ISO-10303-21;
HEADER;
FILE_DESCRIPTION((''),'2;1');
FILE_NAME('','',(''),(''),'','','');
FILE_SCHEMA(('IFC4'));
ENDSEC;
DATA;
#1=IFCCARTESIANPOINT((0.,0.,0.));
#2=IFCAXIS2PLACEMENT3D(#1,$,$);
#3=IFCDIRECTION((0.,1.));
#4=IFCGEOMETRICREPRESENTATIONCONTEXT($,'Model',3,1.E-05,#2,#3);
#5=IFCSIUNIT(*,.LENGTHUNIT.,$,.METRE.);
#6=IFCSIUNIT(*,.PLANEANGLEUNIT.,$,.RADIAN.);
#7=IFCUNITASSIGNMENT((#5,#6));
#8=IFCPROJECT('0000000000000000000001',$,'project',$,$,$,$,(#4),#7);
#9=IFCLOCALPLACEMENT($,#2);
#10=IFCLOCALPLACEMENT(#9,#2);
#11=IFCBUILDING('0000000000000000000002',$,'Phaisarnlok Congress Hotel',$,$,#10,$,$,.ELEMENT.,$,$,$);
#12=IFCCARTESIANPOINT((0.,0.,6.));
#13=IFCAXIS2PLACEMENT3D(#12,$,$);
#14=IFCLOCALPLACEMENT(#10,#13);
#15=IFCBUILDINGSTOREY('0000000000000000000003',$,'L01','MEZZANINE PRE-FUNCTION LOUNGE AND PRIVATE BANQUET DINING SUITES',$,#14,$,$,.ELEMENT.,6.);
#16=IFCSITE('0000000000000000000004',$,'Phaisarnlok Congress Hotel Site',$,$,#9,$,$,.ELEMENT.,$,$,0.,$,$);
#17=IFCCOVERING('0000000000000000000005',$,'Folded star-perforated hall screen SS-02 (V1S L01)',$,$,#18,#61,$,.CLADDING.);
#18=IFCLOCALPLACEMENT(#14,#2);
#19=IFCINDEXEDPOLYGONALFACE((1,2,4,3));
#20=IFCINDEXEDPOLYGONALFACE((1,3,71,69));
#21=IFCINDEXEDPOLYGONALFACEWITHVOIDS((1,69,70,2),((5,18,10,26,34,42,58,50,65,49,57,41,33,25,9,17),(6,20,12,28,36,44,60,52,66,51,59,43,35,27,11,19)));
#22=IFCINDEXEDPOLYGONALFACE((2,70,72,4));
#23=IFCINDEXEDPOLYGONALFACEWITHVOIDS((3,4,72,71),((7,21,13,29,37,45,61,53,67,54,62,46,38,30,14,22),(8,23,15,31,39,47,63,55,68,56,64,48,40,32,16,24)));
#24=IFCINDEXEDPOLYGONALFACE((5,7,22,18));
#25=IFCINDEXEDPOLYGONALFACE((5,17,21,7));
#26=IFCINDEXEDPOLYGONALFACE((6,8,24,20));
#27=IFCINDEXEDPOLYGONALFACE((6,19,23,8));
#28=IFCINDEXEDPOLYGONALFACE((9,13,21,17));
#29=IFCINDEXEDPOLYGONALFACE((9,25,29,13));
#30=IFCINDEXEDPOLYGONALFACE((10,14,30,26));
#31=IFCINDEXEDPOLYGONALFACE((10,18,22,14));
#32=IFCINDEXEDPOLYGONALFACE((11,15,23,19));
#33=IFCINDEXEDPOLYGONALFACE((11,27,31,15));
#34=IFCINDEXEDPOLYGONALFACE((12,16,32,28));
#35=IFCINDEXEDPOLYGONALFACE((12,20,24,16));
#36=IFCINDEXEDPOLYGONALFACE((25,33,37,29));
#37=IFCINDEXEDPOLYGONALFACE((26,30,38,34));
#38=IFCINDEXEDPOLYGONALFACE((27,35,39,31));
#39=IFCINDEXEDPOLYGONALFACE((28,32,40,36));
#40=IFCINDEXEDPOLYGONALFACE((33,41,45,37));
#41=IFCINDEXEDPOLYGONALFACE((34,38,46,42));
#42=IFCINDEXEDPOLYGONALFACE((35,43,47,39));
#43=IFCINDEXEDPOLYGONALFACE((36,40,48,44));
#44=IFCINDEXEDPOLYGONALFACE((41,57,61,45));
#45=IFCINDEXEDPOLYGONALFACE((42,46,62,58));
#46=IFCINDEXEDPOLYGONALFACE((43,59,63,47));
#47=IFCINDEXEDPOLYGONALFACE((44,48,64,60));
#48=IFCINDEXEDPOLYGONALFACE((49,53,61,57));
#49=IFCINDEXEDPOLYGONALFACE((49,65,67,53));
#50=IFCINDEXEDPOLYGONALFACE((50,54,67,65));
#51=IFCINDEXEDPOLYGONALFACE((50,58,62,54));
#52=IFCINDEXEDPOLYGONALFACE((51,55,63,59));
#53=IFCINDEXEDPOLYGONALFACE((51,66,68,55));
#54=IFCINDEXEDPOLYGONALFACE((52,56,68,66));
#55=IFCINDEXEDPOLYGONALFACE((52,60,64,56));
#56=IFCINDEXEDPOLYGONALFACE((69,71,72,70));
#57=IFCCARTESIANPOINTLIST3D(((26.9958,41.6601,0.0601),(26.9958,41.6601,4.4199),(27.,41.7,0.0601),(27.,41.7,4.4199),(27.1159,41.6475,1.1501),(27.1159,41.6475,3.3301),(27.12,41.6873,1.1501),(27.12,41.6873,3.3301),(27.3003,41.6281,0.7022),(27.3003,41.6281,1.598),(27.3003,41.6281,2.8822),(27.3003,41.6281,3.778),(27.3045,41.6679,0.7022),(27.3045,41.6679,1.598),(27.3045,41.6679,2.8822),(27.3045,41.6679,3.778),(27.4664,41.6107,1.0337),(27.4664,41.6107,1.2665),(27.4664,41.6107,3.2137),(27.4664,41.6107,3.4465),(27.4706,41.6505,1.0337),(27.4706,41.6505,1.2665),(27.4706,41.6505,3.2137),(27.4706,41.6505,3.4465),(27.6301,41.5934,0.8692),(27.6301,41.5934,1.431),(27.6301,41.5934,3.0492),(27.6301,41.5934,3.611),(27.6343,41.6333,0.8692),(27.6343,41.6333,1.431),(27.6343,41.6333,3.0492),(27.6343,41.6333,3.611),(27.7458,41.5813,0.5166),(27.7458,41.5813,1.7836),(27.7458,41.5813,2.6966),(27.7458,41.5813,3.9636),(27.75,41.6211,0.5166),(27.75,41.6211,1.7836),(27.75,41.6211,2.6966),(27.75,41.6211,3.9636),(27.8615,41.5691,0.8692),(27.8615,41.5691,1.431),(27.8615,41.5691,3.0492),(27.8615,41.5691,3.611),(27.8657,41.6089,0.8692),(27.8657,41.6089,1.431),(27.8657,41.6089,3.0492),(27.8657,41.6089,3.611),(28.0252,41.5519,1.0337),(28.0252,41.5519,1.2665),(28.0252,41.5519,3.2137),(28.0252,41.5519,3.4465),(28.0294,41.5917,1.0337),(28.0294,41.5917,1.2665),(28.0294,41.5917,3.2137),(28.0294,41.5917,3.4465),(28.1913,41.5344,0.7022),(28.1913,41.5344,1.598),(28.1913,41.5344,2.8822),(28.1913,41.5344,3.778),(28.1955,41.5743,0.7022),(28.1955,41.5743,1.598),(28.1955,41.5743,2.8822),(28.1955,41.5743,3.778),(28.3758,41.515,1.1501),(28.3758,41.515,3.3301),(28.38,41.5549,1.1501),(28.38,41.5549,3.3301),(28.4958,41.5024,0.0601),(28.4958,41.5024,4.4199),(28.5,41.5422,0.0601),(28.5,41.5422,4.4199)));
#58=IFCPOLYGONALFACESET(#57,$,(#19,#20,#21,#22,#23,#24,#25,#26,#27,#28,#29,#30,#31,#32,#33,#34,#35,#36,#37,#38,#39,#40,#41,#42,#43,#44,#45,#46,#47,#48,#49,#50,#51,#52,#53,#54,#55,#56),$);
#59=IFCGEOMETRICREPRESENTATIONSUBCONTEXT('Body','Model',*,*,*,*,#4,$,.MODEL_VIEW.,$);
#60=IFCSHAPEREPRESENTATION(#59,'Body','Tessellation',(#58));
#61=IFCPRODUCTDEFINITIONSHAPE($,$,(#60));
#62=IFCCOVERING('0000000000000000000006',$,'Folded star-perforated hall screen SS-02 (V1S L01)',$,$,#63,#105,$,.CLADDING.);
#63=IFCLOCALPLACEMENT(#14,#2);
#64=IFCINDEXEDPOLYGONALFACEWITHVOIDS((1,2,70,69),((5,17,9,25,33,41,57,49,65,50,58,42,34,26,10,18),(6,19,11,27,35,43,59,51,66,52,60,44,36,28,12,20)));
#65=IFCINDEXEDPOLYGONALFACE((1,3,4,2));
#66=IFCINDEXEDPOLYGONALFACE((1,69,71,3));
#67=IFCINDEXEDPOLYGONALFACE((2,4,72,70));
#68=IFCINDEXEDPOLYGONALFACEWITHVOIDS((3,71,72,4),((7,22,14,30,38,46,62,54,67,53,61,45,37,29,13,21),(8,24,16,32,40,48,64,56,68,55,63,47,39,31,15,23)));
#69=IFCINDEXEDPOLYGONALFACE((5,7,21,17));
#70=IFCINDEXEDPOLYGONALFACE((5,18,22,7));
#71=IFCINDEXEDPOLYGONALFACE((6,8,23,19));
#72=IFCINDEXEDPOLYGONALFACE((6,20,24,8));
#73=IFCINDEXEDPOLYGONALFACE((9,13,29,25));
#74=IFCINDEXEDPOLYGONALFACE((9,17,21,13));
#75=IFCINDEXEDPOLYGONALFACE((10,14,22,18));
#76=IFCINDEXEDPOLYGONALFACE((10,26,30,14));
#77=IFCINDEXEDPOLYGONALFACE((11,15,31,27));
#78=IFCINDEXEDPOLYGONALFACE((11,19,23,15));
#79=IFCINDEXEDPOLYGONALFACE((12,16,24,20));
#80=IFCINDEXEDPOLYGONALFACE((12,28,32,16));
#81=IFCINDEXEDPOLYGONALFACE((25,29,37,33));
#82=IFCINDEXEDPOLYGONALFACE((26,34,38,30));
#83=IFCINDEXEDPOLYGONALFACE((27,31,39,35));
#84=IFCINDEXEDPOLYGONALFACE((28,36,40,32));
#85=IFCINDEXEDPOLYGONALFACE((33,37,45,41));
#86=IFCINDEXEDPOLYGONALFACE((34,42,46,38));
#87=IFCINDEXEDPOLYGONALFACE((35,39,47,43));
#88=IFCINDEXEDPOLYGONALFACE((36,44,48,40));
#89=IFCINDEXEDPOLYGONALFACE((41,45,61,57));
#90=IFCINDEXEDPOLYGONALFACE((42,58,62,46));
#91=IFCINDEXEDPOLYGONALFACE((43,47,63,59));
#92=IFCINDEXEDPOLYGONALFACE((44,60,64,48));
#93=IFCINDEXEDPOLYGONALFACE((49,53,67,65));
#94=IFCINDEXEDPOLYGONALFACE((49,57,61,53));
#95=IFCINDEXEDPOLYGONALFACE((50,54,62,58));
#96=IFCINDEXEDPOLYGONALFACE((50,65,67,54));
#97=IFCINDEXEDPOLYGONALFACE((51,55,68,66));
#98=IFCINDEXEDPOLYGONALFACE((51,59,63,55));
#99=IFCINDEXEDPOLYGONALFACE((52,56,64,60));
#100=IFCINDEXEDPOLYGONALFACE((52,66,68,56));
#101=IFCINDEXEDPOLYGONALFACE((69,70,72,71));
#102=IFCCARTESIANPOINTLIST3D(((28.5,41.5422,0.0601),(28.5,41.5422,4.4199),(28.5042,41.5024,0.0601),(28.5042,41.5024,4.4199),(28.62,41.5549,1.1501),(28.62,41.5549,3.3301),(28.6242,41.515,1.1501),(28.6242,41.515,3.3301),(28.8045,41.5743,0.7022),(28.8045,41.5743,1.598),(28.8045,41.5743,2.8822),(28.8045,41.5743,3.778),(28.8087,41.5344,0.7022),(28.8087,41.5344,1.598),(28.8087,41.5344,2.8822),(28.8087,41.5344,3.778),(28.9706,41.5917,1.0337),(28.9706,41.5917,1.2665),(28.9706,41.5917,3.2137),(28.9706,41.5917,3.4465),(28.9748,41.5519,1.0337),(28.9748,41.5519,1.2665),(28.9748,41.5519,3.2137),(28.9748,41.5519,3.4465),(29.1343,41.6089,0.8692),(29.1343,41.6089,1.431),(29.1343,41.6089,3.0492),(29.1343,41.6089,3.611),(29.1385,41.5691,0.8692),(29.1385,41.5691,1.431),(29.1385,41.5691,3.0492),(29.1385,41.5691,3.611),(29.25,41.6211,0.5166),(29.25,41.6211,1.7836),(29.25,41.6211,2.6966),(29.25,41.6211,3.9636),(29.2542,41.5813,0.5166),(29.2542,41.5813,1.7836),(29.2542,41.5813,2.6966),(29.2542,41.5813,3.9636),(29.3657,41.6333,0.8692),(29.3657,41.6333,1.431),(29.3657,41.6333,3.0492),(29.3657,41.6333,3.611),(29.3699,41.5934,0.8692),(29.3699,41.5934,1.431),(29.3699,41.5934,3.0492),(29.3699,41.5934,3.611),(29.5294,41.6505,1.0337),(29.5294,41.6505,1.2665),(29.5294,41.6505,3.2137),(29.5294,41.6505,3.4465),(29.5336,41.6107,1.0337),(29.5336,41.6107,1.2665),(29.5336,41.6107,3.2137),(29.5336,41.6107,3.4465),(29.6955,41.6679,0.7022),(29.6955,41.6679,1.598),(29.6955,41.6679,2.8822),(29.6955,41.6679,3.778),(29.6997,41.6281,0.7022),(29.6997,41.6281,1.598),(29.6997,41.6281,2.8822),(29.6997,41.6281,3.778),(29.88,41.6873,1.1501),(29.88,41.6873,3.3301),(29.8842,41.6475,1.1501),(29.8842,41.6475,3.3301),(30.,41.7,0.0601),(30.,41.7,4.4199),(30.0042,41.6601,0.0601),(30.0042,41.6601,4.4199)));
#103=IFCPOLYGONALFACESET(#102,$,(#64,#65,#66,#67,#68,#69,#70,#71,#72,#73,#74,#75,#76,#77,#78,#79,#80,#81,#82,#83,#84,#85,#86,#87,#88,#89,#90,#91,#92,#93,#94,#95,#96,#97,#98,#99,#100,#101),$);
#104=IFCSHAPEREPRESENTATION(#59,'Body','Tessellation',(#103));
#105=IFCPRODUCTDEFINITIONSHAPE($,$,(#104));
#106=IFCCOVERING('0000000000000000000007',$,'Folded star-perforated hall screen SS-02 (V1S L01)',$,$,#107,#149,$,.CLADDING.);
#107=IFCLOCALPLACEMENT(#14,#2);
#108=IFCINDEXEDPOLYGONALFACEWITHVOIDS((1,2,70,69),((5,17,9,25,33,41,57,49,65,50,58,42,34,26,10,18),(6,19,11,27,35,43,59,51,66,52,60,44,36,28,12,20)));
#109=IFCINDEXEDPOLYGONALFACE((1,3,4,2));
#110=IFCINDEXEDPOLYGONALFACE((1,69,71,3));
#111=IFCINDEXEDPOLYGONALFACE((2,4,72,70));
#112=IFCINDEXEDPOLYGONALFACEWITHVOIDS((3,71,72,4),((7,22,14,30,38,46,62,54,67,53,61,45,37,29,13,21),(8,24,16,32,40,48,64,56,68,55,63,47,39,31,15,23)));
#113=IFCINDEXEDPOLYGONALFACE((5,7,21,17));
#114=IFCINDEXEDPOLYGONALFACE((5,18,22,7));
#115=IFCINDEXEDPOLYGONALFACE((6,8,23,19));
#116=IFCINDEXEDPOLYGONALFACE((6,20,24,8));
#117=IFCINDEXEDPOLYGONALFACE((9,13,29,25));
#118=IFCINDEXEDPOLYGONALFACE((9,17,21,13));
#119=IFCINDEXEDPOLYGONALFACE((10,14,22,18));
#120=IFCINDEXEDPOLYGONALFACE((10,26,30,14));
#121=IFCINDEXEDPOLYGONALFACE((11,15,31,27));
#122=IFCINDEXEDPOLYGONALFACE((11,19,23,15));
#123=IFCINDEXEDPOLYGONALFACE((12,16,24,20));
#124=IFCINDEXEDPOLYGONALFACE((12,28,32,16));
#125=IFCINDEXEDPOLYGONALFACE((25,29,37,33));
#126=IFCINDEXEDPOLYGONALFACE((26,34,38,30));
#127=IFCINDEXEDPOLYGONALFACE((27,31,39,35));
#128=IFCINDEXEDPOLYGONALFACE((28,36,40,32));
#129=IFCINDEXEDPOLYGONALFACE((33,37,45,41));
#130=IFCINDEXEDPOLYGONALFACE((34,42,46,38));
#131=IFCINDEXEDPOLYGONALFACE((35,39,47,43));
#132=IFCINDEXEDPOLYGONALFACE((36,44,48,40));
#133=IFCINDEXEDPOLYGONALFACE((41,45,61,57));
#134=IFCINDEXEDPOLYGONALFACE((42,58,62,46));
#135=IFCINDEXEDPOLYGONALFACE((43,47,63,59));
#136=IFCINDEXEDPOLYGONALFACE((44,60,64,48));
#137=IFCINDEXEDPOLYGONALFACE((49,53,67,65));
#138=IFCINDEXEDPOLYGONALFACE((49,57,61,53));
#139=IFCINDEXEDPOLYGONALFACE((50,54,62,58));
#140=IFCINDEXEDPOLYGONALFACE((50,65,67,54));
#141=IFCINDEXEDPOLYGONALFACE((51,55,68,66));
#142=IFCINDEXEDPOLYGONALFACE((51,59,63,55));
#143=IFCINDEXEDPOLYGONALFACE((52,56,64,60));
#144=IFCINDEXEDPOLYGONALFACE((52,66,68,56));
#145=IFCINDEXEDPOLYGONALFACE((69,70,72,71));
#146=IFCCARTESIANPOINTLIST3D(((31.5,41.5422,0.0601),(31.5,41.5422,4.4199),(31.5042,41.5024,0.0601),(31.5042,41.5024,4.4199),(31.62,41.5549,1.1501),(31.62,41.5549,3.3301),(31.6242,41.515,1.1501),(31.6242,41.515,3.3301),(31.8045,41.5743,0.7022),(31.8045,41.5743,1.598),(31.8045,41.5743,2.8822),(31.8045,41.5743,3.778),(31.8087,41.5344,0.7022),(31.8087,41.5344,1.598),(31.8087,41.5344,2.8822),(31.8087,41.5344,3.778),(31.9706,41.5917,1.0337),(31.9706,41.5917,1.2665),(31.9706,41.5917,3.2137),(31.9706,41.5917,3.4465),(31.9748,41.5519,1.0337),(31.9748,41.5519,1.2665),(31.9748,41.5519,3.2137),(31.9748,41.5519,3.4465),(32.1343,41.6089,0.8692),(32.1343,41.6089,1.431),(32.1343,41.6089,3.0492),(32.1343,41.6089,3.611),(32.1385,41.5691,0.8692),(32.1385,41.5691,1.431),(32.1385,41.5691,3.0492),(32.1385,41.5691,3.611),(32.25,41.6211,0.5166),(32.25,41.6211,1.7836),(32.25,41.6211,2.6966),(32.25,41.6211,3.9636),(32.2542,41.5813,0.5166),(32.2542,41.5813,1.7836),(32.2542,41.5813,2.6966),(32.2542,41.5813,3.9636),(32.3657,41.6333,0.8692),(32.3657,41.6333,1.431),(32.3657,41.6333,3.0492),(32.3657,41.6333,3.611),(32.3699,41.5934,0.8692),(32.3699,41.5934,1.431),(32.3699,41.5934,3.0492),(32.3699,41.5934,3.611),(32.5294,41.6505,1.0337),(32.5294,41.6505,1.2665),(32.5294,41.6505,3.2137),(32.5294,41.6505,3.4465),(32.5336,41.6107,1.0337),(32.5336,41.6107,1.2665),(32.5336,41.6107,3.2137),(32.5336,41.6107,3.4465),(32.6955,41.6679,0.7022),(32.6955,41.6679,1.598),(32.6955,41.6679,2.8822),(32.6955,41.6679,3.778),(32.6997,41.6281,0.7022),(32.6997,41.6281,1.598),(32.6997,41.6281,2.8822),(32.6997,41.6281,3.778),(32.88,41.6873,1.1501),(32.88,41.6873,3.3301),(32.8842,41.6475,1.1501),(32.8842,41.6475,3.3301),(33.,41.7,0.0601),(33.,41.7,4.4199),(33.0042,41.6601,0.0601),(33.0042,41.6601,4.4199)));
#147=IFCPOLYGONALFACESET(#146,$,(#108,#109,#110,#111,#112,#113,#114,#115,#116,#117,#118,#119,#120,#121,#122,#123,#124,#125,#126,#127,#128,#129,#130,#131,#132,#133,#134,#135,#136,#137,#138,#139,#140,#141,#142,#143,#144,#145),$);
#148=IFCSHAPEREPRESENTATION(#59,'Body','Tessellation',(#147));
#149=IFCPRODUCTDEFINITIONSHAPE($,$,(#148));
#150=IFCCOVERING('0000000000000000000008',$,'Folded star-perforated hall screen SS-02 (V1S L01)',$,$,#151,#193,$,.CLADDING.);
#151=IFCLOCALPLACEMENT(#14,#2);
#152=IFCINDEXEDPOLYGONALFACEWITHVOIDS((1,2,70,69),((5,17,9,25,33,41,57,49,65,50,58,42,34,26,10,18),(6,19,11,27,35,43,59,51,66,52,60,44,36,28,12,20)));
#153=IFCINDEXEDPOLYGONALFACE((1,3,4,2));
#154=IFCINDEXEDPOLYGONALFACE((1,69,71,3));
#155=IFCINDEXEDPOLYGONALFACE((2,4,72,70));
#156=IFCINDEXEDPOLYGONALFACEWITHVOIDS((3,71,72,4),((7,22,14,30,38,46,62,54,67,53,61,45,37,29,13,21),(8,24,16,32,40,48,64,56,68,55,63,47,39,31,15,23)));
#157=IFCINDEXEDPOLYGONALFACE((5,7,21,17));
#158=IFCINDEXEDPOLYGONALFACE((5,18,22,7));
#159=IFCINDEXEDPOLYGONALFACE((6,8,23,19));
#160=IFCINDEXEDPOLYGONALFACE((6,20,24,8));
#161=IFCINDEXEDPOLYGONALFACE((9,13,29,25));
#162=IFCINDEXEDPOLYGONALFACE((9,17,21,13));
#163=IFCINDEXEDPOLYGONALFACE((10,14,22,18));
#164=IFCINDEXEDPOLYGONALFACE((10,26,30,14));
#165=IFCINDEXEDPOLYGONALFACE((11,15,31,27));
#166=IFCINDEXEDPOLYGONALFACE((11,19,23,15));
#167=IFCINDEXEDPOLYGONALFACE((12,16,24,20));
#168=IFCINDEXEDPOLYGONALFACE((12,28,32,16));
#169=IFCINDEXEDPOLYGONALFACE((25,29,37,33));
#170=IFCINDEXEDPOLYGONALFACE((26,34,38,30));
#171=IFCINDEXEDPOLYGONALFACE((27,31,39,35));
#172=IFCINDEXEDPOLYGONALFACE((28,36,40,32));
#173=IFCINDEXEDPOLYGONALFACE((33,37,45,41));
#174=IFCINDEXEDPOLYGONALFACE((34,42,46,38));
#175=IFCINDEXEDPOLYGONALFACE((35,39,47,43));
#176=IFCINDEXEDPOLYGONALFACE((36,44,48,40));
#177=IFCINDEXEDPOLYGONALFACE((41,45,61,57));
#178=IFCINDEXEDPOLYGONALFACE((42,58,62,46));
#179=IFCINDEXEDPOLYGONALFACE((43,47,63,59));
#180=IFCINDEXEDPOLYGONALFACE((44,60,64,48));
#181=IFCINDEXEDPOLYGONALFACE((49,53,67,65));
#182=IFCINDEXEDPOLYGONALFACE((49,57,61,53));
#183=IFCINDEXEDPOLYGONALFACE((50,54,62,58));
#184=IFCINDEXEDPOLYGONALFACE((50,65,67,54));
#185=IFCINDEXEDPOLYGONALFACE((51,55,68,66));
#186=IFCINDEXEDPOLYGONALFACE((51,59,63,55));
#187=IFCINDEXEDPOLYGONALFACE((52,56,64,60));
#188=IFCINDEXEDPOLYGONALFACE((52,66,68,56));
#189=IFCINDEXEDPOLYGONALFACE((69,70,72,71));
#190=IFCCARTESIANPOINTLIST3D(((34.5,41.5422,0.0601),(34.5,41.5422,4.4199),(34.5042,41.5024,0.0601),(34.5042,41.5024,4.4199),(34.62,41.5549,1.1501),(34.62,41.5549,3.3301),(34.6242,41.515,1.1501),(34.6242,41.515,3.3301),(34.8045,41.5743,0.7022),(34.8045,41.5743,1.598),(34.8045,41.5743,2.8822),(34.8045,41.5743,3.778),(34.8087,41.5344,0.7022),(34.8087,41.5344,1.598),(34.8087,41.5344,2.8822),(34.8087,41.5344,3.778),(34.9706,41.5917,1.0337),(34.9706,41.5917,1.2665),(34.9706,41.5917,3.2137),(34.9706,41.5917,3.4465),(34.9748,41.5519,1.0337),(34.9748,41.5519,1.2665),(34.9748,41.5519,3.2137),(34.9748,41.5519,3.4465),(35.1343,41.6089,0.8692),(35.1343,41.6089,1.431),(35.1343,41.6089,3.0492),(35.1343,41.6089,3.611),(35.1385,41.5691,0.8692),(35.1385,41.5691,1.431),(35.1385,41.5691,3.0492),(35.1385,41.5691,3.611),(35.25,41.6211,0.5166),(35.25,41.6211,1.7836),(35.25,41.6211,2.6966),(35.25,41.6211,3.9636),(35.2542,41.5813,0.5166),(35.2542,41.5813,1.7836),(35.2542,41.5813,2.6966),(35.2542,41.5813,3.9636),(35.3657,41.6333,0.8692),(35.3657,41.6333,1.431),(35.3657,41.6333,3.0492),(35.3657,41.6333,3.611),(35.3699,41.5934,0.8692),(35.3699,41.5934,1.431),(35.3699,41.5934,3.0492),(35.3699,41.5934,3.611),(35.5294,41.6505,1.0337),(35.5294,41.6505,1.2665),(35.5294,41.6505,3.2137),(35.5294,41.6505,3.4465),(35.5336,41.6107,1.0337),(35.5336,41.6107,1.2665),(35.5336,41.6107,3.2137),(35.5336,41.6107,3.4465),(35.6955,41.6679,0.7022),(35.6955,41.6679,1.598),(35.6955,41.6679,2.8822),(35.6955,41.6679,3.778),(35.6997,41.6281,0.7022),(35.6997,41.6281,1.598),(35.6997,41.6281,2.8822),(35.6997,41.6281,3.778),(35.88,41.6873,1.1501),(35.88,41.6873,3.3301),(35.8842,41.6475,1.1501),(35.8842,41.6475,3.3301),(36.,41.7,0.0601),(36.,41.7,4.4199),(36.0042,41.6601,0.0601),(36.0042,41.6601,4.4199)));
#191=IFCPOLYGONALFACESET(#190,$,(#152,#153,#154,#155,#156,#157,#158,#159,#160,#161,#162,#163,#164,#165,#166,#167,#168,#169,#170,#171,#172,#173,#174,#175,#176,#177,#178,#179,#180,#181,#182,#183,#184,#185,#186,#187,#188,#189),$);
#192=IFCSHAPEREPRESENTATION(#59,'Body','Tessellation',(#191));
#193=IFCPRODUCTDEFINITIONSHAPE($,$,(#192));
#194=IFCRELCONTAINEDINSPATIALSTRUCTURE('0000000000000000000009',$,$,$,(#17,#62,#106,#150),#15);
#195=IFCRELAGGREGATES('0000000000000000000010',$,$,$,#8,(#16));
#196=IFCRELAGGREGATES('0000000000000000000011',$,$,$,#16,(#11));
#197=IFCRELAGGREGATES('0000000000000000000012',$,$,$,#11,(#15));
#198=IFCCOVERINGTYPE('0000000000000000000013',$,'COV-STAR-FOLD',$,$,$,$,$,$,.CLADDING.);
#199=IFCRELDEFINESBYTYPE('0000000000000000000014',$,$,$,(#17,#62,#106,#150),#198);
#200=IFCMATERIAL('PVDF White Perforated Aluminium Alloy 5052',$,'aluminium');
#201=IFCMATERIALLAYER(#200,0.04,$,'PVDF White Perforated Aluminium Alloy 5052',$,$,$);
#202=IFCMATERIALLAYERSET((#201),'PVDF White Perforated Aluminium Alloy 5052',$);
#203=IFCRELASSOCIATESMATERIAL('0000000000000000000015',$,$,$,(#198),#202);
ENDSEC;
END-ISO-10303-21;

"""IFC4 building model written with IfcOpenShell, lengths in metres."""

from ifc_helpers import new_model, si_unit, direction, frame, origin, place, context, subcontext, project, spatial, polyline, outline, extrude, material, layer, layer_set, type_object, element, save


model = new_model("IFC4")

# Units and contexts
model_context = context("Model", 3, precision=1e-05, world=origin(), true_north=direction((0.0, 1.0)))
body_context = subcontext(model_context, "Body", "Model", "MODEL_VIEW")
ifc_project = project(units=[si_unit("LENGTHUNIT", "METRE"), si_unit("PLANEANGLEUNIT", "RADIAN")], contexts=[model_context])

# Site, building, storey
site_placement = place(None, origin())
site = spatial("IfcSite", under=ifc_project, at=site_placement, Name="Phaisarnlok Congress Hotel Site", CompositionType="ELEMENT", RefElevation=0.0)
building_placement = place(site_placement, origin())
building = spatial("IfcBuilding", under=site, at=building_placement, Name="Phaisarnlok Congress Hotel", CompositionType="ELEMENT")
storey_placement = place(building_placement, frame((0.0, 0.0, 6.0)))
storey = spatial("IfcBuildingStorey", under=building, at=storey_placement, Name="L01", Description="MEZZANINE PRE-FUNCTION LOUNGE AND PRIVATE BANQUET DINING SUITES", CompositionType="ELEMENT", Elevation=6.0)

# Coverings
ifc_material_1 = material(Name="PVDF White Perforated Aluminium Alloy 5052", Category="aluminium")
ifc_layer_1 = layer(ifc_material_1, 0.04, Name="PVDF White Perforated Aluminium Alloy 5052")
ifc_layer_set_1 = layer_set([ifc_layer_1], Name="PVDF White Perforated Aluminium Alloy 5052")
covering_type = type_object("IfcCoveringType", Name="COV-STAR-FOLD", PredefinedType="CLADDING", material=ifc_layer_set_1)
for number, where, z_axis, x_axis, name in (
    (1, (27.0, 41.7, 0.0601), (-0.104567, -0.994518, 0.0), (0.994518, -0.104567, 0.0), "Folded star-perforated hall screen SS-02 (V1S L01)"),
    (2, (28.5, 41.5422, 0.0601), (0.104567, -0.994518, 0.0), (0.994518, 0.104567, 0.0), "Folded star-perforated hall screen SS-02 (V1S L01)"),
    (3, (31.5, 41.5422, 0.0601), (0.104567, -0.994518, 0.0), (0.994518, 0.104567, 0.0), "Folded star-perforated hall screen SS-02 (V1S L01)"),
    (4, (34.5, 41.5422, 0.0601), (0.104567, -0.994518, 0.0), (0.994518, 0.104567, 0.0), "Folded star-perforated hall screen SS-02 (V1S L01)"),
):
    element("IfcCovering", number, at=place(storey_placement, frame(where, z_axis=z_axis, x_axis=x_axis)), inside=storey, type_object=covering_type, Name=name, PredefinedType="CLADDING", context=body_context, shape_type="SweptSolid", body=[
        extrude(outline(polyline([(0.0, 0.0), (1.5083, 0.0), (1.5083, 4.3599), (0.0, 4.3599), (0.0, 0.0)]), holes=[polyline([(1.0351, 0.9736), (1.2021, 0.6421), (0.8705, 0.8091), (0.7541, 0.4565), (0.6378, 0.8091), (0.3062, 0.6421), (0.4732, 0.9736), (0.1207, 1.09), (0.4732, 1.2064), (0.3062, 1.5379), (0.6378, 1.3709), (0.7541, 1.7235), (0.8705, 1.3709), (1.2021, 1.5379), (1.0351, 1.2064), (1.3876, 1.09), (1.0351, 0.9736)]), polyline([(1.0351, 3.1536), (1.2021, 2.8221), (0.8705, 2.9891), (0.7541, 2.6365), (0.6378, 2.9891), (0.3062, 2.8221), (0.4732, 3.1536), (0.1207, 3.27), (0.4732, 3.3864), (0.3062, 3.7179), (0.6378, 3.5509), (0.7541, 3.9035), (0.8705, 3.5509), (1.2021, 3.7179), (1.0351, 3.3864), (1.3876, 3.27), (1.0351, 3.1536)])]), origin(), (0.0, 0.0, 1.0), 0.04),
    ])

save(model, "model.ifc")
